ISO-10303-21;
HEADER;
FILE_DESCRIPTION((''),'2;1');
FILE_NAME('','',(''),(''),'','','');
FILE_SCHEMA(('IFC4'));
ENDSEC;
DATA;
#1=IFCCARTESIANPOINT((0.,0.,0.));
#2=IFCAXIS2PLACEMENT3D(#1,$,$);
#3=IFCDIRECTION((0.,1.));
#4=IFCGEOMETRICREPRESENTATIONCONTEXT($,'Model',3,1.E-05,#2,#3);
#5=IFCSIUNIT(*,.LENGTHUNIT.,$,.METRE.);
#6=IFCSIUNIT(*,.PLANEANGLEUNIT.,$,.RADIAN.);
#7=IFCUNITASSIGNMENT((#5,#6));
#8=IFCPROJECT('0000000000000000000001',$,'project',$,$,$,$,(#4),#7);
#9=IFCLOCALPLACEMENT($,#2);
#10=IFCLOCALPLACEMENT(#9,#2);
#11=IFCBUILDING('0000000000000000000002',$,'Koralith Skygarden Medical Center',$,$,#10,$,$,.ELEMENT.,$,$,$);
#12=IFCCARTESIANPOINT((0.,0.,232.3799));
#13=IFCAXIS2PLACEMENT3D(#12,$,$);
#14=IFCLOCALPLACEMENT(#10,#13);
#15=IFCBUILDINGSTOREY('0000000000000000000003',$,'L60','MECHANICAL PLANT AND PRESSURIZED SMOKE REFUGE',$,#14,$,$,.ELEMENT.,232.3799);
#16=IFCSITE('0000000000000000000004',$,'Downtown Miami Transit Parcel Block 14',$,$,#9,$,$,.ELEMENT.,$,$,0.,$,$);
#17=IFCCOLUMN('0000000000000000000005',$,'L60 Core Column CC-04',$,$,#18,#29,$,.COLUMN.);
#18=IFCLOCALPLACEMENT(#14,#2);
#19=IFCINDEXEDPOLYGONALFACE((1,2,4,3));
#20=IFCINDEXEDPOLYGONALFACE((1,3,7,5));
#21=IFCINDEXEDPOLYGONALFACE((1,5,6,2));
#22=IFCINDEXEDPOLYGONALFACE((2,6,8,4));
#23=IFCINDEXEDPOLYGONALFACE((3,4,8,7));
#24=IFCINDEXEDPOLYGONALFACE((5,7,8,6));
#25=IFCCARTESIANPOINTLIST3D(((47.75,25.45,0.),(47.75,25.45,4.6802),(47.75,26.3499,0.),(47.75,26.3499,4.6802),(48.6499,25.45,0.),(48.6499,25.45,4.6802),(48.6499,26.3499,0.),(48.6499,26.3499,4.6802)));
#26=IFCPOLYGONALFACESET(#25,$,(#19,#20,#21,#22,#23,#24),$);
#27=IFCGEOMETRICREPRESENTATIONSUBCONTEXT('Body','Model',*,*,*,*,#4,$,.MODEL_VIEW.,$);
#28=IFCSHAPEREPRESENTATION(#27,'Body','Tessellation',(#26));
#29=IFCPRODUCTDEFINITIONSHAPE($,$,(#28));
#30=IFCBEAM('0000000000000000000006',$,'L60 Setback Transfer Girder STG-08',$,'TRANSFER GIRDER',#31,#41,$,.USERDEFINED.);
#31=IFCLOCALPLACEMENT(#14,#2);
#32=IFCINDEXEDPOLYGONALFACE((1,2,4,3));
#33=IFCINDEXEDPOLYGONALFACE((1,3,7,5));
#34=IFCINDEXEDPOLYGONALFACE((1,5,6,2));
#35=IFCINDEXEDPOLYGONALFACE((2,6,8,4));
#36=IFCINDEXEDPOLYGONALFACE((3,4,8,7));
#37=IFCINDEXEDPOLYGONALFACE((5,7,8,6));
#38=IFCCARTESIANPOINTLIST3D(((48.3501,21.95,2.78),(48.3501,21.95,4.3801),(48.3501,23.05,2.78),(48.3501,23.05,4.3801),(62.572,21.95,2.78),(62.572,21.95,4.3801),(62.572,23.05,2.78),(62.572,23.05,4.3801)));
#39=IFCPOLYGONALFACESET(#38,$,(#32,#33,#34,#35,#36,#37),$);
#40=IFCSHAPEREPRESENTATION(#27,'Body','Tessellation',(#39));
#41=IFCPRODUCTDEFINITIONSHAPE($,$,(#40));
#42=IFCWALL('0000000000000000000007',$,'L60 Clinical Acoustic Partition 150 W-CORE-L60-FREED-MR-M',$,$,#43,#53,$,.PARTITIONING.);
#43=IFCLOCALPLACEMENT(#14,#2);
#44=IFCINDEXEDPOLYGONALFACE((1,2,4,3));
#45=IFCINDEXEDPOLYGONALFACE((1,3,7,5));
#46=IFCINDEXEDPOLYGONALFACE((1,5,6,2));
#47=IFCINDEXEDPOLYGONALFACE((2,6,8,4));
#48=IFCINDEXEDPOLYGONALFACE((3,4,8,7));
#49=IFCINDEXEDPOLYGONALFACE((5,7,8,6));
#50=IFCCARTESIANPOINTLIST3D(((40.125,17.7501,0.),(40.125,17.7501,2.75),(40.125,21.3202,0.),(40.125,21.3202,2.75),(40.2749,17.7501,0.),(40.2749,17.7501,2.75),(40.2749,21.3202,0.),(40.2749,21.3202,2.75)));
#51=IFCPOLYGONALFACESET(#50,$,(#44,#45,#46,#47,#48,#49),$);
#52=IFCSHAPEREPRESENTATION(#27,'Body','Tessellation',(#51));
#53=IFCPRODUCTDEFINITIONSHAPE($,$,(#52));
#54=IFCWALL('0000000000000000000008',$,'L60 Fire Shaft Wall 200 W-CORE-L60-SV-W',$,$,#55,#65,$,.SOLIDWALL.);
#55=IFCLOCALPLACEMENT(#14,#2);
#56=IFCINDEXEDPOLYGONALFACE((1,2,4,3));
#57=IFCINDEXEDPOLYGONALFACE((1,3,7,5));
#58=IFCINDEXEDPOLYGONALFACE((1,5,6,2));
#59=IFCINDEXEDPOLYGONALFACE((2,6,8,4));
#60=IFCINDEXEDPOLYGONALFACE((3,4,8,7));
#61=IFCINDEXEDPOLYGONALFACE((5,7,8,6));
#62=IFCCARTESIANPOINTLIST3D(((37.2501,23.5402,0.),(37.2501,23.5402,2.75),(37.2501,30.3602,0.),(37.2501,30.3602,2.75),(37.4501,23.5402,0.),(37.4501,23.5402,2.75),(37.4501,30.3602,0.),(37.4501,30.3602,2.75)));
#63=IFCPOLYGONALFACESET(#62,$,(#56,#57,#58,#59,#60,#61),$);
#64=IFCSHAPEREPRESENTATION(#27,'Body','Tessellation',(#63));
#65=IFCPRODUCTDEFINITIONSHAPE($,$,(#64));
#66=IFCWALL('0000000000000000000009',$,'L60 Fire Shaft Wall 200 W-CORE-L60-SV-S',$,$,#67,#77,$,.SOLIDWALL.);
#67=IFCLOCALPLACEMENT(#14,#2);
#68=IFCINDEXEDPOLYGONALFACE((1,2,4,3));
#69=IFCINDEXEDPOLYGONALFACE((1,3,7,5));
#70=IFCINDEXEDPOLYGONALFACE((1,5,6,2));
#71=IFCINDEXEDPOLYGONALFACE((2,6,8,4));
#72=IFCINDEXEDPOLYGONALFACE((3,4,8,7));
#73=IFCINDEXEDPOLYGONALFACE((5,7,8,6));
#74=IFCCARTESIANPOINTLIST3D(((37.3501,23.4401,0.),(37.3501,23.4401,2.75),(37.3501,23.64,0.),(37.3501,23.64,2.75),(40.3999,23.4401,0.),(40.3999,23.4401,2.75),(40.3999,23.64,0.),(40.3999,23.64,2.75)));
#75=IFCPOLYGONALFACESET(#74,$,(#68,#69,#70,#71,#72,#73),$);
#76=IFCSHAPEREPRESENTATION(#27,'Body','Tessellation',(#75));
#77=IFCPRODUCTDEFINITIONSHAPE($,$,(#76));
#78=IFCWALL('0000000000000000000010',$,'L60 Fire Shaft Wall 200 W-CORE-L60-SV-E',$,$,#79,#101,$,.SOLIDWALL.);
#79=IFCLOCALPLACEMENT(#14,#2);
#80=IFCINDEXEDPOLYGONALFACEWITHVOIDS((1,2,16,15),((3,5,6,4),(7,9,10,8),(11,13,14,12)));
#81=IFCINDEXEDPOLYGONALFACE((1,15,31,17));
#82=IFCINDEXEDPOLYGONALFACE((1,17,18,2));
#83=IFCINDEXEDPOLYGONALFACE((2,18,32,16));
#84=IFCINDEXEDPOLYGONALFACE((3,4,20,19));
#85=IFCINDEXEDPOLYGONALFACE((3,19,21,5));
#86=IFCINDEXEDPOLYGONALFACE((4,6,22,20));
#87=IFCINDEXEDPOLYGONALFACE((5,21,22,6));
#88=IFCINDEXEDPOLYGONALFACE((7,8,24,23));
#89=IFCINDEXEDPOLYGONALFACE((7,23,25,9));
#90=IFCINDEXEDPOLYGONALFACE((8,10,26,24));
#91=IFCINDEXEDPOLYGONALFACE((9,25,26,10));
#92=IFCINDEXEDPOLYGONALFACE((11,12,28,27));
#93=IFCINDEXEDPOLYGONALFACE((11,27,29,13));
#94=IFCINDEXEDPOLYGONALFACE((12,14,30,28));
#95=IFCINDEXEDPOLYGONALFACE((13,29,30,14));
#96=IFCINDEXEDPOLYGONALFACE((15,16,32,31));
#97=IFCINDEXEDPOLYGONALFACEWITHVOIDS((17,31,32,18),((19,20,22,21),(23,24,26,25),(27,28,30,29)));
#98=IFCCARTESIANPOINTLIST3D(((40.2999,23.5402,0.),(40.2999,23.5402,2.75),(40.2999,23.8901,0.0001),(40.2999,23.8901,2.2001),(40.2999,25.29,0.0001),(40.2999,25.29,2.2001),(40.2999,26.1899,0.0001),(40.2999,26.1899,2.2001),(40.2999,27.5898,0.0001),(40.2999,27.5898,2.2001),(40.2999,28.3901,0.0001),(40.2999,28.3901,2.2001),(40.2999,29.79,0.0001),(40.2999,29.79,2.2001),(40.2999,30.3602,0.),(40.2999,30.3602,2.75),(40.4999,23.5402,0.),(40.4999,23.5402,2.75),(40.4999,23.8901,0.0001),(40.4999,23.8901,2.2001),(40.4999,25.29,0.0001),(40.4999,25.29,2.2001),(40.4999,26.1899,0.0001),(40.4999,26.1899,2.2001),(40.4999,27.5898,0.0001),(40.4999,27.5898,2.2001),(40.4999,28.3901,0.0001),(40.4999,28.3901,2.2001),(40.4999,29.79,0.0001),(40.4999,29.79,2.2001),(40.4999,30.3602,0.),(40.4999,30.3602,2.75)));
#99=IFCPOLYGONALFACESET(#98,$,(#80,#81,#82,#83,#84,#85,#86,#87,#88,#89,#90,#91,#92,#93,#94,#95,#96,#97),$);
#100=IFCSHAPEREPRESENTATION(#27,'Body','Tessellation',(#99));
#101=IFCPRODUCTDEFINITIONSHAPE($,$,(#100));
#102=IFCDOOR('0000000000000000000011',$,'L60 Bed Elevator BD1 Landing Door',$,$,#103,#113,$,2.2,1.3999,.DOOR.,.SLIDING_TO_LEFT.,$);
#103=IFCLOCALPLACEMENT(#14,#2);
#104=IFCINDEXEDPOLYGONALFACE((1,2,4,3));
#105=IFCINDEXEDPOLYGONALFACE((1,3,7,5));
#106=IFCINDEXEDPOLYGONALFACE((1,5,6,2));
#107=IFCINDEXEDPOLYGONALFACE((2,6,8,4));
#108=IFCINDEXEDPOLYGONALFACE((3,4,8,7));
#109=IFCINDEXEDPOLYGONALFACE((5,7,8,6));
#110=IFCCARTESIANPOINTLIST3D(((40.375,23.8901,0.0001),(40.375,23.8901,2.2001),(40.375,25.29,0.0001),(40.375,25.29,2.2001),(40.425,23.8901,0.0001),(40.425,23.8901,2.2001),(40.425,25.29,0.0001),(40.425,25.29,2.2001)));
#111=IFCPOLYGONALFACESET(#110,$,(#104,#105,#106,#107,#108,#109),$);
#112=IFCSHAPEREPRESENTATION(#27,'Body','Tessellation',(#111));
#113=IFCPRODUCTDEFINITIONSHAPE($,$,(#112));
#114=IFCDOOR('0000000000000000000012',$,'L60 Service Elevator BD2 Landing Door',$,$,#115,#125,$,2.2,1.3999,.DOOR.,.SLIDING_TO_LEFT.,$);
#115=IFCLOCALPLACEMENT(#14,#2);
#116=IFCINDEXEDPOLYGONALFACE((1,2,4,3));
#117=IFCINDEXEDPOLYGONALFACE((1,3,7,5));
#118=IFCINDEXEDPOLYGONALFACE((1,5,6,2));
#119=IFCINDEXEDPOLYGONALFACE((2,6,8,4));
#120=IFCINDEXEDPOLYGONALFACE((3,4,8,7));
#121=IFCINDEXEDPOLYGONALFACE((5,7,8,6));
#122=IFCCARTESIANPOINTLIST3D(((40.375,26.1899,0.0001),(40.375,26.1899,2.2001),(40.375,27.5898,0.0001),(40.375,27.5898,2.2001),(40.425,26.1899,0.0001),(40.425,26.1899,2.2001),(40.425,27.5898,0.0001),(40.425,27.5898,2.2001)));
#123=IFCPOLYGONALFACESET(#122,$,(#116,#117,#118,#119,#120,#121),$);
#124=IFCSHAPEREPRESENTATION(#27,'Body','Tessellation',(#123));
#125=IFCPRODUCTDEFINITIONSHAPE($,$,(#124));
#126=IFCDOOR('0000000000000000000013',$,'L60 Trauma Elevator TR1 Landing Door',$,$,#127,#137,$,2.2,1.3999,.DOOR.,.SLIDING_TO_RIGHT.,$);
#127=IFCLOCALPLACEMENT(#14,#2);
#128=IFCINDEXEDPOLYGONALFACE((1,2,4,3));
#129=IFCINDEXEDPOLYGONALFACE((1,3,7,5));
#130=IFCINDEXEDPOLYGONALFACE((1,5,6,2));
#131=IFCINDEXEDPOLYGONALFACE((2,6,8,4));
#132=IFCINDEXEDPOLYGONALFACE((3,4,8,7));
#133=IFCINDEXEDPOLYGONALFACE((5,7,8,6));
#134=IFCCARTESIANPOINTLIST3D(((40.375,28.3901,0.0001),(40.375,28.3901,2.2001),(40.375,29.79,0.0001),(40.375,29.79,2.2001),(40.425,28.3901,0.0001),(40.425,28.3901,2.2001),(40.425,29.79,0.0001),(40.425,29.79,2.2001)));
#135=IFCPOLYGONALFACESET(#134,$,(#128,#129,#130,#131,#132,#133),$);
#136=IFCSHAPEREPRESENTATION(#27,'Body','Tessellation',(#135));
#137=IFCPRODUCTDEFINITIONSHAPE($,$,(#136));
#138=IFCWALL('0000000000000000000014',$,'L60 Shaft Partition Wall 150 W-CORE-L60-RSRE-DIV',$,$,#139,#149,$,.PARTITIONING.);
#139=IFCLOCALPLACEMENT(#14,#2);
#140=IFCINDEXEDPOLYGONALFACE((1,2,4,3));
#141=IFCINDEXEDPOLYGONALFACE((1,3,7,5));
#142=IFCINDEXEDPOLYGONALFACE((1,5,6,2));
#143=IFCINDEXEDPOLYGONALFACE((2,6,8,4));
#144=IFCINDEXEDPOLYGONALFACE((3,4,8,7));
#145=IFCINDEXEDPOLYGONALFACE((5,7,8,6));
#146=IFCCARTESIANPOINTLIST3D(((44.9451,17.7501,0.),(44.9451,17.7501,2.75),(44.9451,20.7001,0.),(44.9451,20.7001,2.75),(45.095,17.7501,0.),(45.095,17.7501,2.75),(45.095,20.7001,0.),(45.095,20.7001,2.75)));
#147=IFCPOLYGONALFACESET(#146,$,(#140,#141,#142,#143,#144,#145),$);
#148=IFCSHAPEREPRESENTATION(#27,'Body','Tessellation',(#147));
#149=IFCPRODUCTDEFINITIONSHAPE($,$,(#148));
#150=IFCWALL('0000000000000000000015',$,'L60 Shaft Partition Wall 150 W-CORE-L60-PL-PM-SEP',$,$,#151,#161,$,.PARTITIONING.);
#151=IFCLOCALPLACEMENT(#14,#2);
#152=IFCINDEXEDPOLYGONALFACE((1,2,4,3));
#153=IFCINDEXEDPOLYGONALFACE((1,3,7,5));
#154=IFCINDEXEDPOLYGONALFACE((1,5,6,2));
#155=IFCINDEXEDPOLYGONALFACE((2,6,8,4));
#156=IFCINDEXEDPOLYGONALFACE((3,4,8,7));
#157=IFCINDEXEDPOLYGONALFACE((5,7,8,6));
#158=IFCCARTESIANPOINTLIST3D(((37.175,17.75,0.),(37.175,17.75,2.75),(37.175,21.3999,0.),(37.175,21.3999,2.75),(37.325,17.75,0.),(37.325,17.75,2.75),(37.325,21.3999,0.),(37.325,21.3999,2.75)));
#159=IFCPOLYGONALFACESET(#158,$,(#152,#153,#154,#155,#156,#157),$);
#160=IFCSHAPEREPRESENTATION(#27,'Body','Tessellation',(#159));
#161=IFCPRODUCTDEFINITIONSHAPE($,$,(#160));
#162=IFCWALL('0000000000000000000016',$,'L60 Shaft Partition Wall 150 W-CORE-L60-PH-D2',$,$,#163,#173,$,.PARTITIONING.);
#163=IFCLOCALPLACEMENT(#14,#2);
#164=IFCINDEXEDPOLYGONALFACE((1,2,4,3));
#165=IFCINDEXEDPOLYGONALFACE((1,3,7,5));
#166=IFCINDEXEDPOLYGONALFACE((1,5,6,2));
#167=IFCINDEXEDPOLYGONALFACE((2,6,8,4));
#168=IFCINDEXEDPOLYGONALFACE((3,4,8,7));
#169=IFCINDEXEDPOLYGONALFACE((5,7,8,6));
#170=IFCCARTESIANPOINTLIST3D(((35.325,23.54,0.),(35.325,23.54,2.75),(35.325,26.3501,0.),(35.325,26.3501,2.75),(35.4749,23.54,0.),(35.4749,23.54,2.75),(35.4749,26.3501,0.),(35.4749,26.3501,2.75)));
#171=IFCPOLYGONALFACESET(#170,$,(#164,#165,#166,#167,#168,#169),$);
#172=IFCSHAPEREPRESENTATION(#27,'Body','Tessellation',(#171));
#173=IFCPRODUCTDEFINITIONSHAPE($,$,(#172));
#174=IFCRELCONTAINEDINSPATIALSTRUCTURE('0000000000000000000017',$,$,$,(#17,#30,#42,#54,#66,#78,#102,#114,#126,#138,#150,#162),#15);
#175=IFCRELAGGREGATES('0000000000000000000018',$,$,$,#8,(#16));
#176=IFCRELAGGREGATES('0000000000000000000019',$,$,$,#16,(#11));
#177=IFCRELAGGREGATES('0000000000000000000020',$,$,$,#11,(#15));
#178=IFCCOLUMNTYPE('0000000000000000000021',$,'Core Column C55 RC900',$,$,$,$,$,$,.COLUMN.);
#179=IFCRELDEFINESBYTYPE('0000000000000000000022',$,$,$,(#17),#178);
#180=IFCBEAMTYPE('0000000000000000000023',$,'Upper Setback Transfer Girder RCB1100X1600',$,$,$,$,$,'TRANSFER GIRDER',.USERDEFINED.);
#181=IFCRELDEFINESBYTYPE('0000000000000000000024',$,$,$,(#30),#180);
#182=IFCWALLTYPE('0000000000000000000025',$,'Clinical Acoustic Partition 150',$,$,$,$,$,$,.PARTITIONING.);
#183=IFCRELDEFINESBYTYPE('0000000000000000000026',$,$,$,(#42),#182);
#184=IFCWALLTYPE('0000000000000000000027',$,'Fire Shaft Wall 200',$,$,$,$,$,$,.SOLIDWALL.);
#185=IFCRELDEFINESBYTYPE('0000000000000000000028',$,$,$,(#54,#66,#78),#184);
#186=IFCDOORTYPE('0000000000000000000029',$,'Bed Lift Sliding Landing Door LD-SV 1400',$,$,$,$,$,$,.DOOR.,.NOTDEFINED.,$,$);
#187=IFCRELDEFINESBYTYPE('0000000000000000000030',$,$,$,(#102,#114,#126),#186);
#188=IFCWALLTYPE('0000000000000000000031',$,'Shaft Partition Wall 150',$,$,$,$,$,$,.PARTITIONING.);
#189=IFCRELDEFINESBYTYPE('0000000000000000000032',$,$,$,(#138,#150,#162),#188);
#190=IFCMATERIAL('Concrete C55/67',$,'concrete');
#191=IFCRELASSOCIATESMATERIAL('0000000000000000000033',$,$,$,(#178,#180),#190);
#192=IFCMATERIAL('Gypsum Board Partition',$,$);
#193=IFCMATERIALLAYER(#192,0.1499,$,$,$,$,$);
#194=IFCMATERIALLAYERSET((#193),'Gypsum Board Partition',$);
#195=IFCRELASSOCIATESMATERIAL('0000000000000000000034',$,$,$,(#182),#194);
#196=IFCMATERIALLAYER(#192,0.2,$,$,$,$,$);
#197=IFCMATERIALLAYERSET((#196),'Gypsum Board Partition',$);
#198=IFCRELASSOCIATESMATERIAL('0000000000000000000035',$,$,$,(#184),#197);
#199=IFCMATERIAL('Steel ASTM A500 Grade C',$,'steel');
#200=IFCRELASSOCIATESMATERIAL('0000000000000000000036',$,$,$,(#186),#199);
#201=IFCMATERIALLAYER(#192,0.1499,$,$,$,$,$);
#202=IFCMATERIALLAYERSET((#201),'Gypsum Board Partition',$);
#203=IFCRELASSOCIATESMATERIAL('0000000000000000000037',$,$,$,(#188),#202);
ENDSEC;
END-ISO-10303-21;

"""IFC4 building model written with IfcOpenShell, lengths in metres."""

from ifc_helpers import new_model, si_unit, direction, frame, frame_2d, origin, origin_2d, place, context, subcontext, project, spatial, rectangle, extrude, material, layer, layer_set, material_profile, profile_set, type_object, element, fill, save


model = new_model("IFC4")

# Units and contexts
model_context = context("Model", 3, precision=1e-05, world=origin(), true_north=direction((0.0, 1.0)))
body_context = subcontext(model_context, "Body", "Model", "MODEL_VIEW")
ifc_project = project(units=[si_unit("LENGTHUNIT", "METRE"), si_unit("PLANEANGLEUNIT", "RADIAN")], contexts=[model_context])

# Site, building, storey
site_placement = place(None, origin())
site = spatial("IfcSite", under=ifc_project, at=site_placement, Name="Downtown Miami Transit Parcel Block 14", CompositionType="ELEMENT", RefElevation=0.0)
building_placement = place(site_placement, origin())
building = spatial("IfcBuilding", under=site, at=building_placement, Name="Koralith Skygarden Medical Center", CompositionType="ELEMENT")
storey_placement = place(building_placement, frame((0.0, 0.0, 232.3799)))
storey = spatial("IfcBuildingStorey", under=building, at=storey_placement, Name="L60", Description="MECHANICAL PLANT AND PRESSURIZED SMOKE REFUGE", CompositionType="ELEMENT", Elevation=232.3799)

# Column
ifc_material_1 = material(Name="Concrete C55/67", Category="concrete")
ifc_material_profile_1 = material_profile(ifc_material_1, rectangle(XDim=0.8999, YDim=0.8999, at=origin_2d()), Name="RC900X900")
ifc_profile_set_1 = profile_set([ifc_material_profile_1], Name="Concrete C55/67")
column_type = type_object("IfcColumnType", Name="Core Column C55 RC900", PredefinedType="COLUMN", material=ifc_profile_set_1)
column_placement = place(storey_placement, frame((48.2, 25.8999, 0.0), z_axis=(0.0, 0.0, 1.0), x_axis=(1.0, 0.0, 0.0)))
element("IfcColumn", 1, at=column_placement, inside=storey, type_object=column_type, Name="L60 Core Column CC-04", PredefinedType="COLUMN", context=body_context, shape_type="SweptSolid", body=[
    extrude(rectangle(XDim=0.8999, YDim=0.8999, at=origin_2d()), origin(), (0.0, 0.0, 1.0), 4.6802),
])

# Beam
ifc_material_profile_2 = material_profile(ifc_material_1, rectangle(XDim=1.1001, YDim=1.6001, at=origin_2d()), Name="RCB1100X1600")
ifc_profile_set_2 = profile_set([ifc_material_profile_2], Name="Concrete C55/67")
beam_type = type_object("IfcBeamType", Name="Upper Setback Transfer Girder RCB1100X1600", ElementType="TRANSFER GIRDER", PredefinedType="USERDEFINED", material=ifc_profile_set_2)
beam_placement = place(storey_placement, frame((48.3501, 22.5, 3.5801), z_axis=(1.0, 0.0, 0.0), x_axis=(0.0, 1.0, 0.0)))
element("IfcBeam", 2, at=beam_placement, inside=storey, type_object=beam_type, Name="L60 Setback Transfer Girder STG-08", ObjectType="TRANSFER GIRDER", PredefinedType="USERDEFINED", context=body_context, shape_type="SweptSolid", body=[
    extrude(rectangle(XDim=1.1001, YDim=1.6001, at=origin_2d()), origin(), (0.0, 0.0, 1.0), 14.2219),
])

# Shared definitions
ifc_material_2 = material(Name="Gypsum Board Partition")
ifc_layer_1 = layer(ifc_material_2, 0.1499)
ifc_layer_set_1 = layer_set([ifc_layer_1], Name="Gypsum Board Partition")
wall_type_1 = type_object("IfcWallType", Name="Clinical Acoustic Partition 150", PredefinedType="PARTITIONING", material=ifc_layer_set_1)

# Wall
wall_1_placement = place(storey_placement, frame((40.2, 17.75, 0.0), z_axis=(0.0, 0.0, 1.0), x_axis=(0.0, 1.0, 0.0)))
element("IfcWall", 3, at=wall_1_placement, inside=storey, type_object=wall_type_1, Name="L60 Clinical Acoustic Partition 150 W-CORE-L60-FREED-MR-M", PredefinedType="PARTITIONING", context=body_context, shape_type="SweptSolid", body=[
    extrude(rectangle(XDim=3.5701, YDim=0.1499, at=frame_2d((1.7852, 0.0))), origin(), (0.0, 0.0, 1.0), 2.75),
])

# Shared definitions
ifc_layer_2 = layer(ifc_material_2, 0.2)
ifc_layer_set_2 = layer_set([ifc_layer_2], Name="Gypsum Board Partition")
wall_type_2 = type_object("IfcWallType", Name="Fire Shaft Wall 200", PredefinedType="SOLIDWALL", material=ifc_layer_set_2)
ifc_material_3 = material(Name="Steel ASTM A500 Grade C", Category="steel")

# Walls
wall_2_placement = place(storey_placement, frame((37.3501, 23.54, 0.0), z_axis=(0.0, 0.0, 1.0), x_axis=(0.0, 1.0, 0.0)))
element("IfcWall", 4, at=wall_2_placement, inside=storey, type_object=wall_type_2, Name="L60 Fire Shaft Wall 200 W-CORE-L60-SV-W", PredefinedType="SOLIDWALL", context=body_context, shape_type="SweptSolid", body=[
    extrude(rectangle(XDim=6.8201, YDim=0.2, at=frame_2d((3.4102, 0.0))), origin(), (0.0, 0.0, 1.0), 2.75),
])
wall_3_placement = place(storey_placement, frame((37.3501, 23.54, 0.0), z_axis=(0.0, 0.0, 1.0), x_axis=(1.0, 0.0, 0.0)))
element("IfcWall", 5, at=wall_3_placement, inside=storey, type_object=wall_type_2, Name="L60 Fire Shaft Wall 200 W-CORE-L60-SV-S", PredefinedType="SOLIDWALL", context=body_context, shape_type="SweptSolid", body=[
    extrude(rectangle(XDim=3.0498, YDim=0.2, at=frame_2d((1.5249, 0.0))), origin(), (0.0, 0.0, 1.0), 2.75),
])

# Wall, openings, doors
wall_4_placement = place(storey_placement, frame((40.3999, 23.54, 0.0), z_axis=(0.0, 0.0, 1.0), x_axis=(0.0, 1.0, 0.0)))
wall_4 = element("IfcWall", 6, at=wall_4_placement, inside=storey, type_object=wall_type_2, Name="L60 Fire Shaft Wall 200 W-CORE-L60-SV-E", PredefinedType="SOLIDWALL", context=body_context, shape_type="SweptSolid", body=[
    extrude(rectangle(XDim=6.8201, YDim=0.2, at=frame_2d((3.4102, 0.0))), origin(), (0.0, 0.0, 1.0), 2.75),
])
opening_1_placement = place(wall_4_placement, frame((0.3501, 0.0, 0.0)))
opening_1 = element("IfcOpeningElement", 7, at=opening_1_placement, cuts=wall_4, PredefinedType="OPENING", context=body_context, shape_type="SweptSolid", body=[
    extrude(rectangle(XDim=1.3999, YDim=2.2, at=frame_2d((0.7, 1.1001))), frame((0.0, 0.1099, 0.0), z_axis=(0.0, -1.0, 0.0), x_axis=(1.0, 0.0, 0.0)), (0.0, 0.0, 1.0), 0.22),
])
opening_2_placement = place(wall_4_placement, frame((2.6499, 0.0, 0.0)))
opening_2 = element("IfcOpeningElement", 8, at=opening_2_placement, cuts=wall_4, PredefinedType="OPENING", context=body_context, shape_type="SweptSolid", body=[
    extrude(rectangle(XDim=1.3999, YDim=2.2, at=frame_2d((0.7, 1.1001))), frame((0.0, 0.1099, 0.0), z_axis=(0.0, -1.0, 0.0), x_axis=(1.0, 0.0, 0.0)), (0.0, 0.0, 1.0), 0.22),
])
opening_3_placement = place(wall_4_placement, frame((4.8501, 0.0, 0.0)))
opening_3 = element("IfcOpeningElement", 9, at=opening_3_placement, cuts=wall_4, PredefinedType="OPENING", context=body_context, shape_type="SweptSolid", body=[
    extrude(rectangle(XDim=1.3999, YDim=2.2, at=frame_2d((0.7, 1.1001))), frame((0.0, 0.1099, 0.0), z_axis=(0.0, -1.0, 0.0), x_axis=(1.0, 0.0, 0.0)), (0.0, 0.0, 1.0), 0.22),
])
door_type_1 = type_object("IfcDoorType", Name="Bed Lift Sliding Landing Door LD-SV 1400", OperationType="NOTDEFINED", PredefinedType="DOOR", material=ifc_material_3)
door_1_placement = place(opening_1_placement, origin())
door_1 = element("IfcDoor", 10, at=door_1_placement, inside=storey, type_object=door_type_1, Name="L60 Bed Elevator BD1 Landing Door", OperationType="SLIDING_TO_LEFT", OverallHeight=2.2, OverallWidth=1.3999, PredefinedType="DOOR", context=body_context, shape_type="SweptSolid", body=[
    extrude(rectangle(XDim=1.3999, YDim=2.2, at=frame_2d((0.7, 1.1001))), frame((0.0, 0.0249, 0.0), z_axis=(0.0, -1.0, 0.0), x_axis=(1.0, 0.0, 0.0)), (0.0, 0.0, 1.0), 0.05),
])
fill(opening_1, door_1)
door_2_placement = place(opening_2_placement, origin())
door_2 = element("IfcDoor", 11, at=door_2_placement, inside=storey, type_object=door_type_1, Name="L60 Service Elevator BD2 Landing Door", OperationType="SLIDING_TO_LEFT", OverallHeight=2.2, OverallWidth=1.3999, PredefinedType="DOOR", context=body_context, shape_type="SweptSolid", body=[
    extrude(rectangle(XDim=1.3999, YDim=2.2, at=frame_2d((0.7, 1.1001))), frame((0.0, 0.0249, 0.0), z_axis=(0.0, -1.0, 0.0), x_axis=(1.0, 0.0, 0.0)), (0.0, 0.0, 1.0), 0.05),
])
fill(opening_2, door_2)
door_3_placement = place(opening_3_placement, origin())
door_3 = element("IfcDoor", 12, at=door_3_placement, inside=storey, type_object=door_type_1, Name="L60 Trauma Elevator TR1 Landing Door", OperationType="SLIDING_TO_RIGHT", OverallHeight=2.2, OverallWidth=1.3999, PredefinedType="DOOR", context=body_context, shape_type="SweptSolid", body=[
    extrude(rectangle(XDim=1.3999, YDim=2.2, at=frame_2d((0.7, 1.1001))), frame((0.0, 0.0249, 0.0), z_axis=(0.0, -1.0, 0.0), x_axis=(1.0, 0.0, 0.0)), (0.0, 0.0, 1.0), 0.05),
])
fill(opening_3, door_3)

# Walls
ifc_layer_3 = layer(ifc_material_2, 0.1499)
ifc_layer_set_3 = layer_set([ifc_layer_3], Name="Gypsum Board Partition")
wall_type_3 = type_object("IfcWallType", Name="Shaft Partition Wall 150", PredefinedType="PARTITIONING", material=ifc_layer_set_3)
wall_5_placement = place(storey_placement, frame((45.02, 17.75, 0.0), z_axis=(0.0, 0.0, 1.0), x_axis=(0.0, 1.0, 0.0)))
element("IfcWall", 13, at=wall_5_placement, inside=storey, type_object=wall_type_3, Name="L60 Shaft Partition Wall 150 W-CORE-L60-RSRE-DIV", PredefinedType="PARTITIONING", context=body_context, shape_type="SweptSolid", body=[
    extrude(rectangle(XDim=2.95, YDim=0.1499, at=frame_2d((1.4751, 0.0))), origin(), (0.0, 0.0, 1.0), 2.75),
])
wall_6_placement = place(storey_placement, frame((37.25, 17.75, 0.0), z_axis=(0.0, 0.0, 1.0), x_axis=(0.0, 1.0, 0.0)))
element("IfcWall", 14, at=wall_6_placement, inside=storey, type_object=wall_type_3, Name="L60 Shaft Partition Wall 150 W-CORE-L60-PL-PM-SEP", PredefinedType="PARTITIONING", context=body_context, shape_type="SweptSolid", body=[
    extrude(rectangle(XDim=3.6499, YDim=0.1499, at=frame_2d((1.825, 0.0))), origin(), (0.0, 0.0, 1.0), 2.75),
])
wall_7_placement = place(storey_placement, frame((35.3999, 23.54, 0.0), z_axis=(0.0, 0.0, 1.0), x_axis=(0.0, 1.0, 0.0)))
element("IfcWall", 15, at=wall_7_placement, inside=storey, type_object=wall_type_3, Name="L60 Shaft Partition Wall 150 W-CORE-L60-PH-D2", PredefinedType="PARTITIONING", context=body_context, shape_type="SweptSolid", body=[
    extrude(rectangle(XDim=2.8101, YDim=0.1499, at=frame_2d((1.405, 0.0))), origin(), (0.0, 0.0, 1.0), 2.75),
])

save(model, "model.ifc")
